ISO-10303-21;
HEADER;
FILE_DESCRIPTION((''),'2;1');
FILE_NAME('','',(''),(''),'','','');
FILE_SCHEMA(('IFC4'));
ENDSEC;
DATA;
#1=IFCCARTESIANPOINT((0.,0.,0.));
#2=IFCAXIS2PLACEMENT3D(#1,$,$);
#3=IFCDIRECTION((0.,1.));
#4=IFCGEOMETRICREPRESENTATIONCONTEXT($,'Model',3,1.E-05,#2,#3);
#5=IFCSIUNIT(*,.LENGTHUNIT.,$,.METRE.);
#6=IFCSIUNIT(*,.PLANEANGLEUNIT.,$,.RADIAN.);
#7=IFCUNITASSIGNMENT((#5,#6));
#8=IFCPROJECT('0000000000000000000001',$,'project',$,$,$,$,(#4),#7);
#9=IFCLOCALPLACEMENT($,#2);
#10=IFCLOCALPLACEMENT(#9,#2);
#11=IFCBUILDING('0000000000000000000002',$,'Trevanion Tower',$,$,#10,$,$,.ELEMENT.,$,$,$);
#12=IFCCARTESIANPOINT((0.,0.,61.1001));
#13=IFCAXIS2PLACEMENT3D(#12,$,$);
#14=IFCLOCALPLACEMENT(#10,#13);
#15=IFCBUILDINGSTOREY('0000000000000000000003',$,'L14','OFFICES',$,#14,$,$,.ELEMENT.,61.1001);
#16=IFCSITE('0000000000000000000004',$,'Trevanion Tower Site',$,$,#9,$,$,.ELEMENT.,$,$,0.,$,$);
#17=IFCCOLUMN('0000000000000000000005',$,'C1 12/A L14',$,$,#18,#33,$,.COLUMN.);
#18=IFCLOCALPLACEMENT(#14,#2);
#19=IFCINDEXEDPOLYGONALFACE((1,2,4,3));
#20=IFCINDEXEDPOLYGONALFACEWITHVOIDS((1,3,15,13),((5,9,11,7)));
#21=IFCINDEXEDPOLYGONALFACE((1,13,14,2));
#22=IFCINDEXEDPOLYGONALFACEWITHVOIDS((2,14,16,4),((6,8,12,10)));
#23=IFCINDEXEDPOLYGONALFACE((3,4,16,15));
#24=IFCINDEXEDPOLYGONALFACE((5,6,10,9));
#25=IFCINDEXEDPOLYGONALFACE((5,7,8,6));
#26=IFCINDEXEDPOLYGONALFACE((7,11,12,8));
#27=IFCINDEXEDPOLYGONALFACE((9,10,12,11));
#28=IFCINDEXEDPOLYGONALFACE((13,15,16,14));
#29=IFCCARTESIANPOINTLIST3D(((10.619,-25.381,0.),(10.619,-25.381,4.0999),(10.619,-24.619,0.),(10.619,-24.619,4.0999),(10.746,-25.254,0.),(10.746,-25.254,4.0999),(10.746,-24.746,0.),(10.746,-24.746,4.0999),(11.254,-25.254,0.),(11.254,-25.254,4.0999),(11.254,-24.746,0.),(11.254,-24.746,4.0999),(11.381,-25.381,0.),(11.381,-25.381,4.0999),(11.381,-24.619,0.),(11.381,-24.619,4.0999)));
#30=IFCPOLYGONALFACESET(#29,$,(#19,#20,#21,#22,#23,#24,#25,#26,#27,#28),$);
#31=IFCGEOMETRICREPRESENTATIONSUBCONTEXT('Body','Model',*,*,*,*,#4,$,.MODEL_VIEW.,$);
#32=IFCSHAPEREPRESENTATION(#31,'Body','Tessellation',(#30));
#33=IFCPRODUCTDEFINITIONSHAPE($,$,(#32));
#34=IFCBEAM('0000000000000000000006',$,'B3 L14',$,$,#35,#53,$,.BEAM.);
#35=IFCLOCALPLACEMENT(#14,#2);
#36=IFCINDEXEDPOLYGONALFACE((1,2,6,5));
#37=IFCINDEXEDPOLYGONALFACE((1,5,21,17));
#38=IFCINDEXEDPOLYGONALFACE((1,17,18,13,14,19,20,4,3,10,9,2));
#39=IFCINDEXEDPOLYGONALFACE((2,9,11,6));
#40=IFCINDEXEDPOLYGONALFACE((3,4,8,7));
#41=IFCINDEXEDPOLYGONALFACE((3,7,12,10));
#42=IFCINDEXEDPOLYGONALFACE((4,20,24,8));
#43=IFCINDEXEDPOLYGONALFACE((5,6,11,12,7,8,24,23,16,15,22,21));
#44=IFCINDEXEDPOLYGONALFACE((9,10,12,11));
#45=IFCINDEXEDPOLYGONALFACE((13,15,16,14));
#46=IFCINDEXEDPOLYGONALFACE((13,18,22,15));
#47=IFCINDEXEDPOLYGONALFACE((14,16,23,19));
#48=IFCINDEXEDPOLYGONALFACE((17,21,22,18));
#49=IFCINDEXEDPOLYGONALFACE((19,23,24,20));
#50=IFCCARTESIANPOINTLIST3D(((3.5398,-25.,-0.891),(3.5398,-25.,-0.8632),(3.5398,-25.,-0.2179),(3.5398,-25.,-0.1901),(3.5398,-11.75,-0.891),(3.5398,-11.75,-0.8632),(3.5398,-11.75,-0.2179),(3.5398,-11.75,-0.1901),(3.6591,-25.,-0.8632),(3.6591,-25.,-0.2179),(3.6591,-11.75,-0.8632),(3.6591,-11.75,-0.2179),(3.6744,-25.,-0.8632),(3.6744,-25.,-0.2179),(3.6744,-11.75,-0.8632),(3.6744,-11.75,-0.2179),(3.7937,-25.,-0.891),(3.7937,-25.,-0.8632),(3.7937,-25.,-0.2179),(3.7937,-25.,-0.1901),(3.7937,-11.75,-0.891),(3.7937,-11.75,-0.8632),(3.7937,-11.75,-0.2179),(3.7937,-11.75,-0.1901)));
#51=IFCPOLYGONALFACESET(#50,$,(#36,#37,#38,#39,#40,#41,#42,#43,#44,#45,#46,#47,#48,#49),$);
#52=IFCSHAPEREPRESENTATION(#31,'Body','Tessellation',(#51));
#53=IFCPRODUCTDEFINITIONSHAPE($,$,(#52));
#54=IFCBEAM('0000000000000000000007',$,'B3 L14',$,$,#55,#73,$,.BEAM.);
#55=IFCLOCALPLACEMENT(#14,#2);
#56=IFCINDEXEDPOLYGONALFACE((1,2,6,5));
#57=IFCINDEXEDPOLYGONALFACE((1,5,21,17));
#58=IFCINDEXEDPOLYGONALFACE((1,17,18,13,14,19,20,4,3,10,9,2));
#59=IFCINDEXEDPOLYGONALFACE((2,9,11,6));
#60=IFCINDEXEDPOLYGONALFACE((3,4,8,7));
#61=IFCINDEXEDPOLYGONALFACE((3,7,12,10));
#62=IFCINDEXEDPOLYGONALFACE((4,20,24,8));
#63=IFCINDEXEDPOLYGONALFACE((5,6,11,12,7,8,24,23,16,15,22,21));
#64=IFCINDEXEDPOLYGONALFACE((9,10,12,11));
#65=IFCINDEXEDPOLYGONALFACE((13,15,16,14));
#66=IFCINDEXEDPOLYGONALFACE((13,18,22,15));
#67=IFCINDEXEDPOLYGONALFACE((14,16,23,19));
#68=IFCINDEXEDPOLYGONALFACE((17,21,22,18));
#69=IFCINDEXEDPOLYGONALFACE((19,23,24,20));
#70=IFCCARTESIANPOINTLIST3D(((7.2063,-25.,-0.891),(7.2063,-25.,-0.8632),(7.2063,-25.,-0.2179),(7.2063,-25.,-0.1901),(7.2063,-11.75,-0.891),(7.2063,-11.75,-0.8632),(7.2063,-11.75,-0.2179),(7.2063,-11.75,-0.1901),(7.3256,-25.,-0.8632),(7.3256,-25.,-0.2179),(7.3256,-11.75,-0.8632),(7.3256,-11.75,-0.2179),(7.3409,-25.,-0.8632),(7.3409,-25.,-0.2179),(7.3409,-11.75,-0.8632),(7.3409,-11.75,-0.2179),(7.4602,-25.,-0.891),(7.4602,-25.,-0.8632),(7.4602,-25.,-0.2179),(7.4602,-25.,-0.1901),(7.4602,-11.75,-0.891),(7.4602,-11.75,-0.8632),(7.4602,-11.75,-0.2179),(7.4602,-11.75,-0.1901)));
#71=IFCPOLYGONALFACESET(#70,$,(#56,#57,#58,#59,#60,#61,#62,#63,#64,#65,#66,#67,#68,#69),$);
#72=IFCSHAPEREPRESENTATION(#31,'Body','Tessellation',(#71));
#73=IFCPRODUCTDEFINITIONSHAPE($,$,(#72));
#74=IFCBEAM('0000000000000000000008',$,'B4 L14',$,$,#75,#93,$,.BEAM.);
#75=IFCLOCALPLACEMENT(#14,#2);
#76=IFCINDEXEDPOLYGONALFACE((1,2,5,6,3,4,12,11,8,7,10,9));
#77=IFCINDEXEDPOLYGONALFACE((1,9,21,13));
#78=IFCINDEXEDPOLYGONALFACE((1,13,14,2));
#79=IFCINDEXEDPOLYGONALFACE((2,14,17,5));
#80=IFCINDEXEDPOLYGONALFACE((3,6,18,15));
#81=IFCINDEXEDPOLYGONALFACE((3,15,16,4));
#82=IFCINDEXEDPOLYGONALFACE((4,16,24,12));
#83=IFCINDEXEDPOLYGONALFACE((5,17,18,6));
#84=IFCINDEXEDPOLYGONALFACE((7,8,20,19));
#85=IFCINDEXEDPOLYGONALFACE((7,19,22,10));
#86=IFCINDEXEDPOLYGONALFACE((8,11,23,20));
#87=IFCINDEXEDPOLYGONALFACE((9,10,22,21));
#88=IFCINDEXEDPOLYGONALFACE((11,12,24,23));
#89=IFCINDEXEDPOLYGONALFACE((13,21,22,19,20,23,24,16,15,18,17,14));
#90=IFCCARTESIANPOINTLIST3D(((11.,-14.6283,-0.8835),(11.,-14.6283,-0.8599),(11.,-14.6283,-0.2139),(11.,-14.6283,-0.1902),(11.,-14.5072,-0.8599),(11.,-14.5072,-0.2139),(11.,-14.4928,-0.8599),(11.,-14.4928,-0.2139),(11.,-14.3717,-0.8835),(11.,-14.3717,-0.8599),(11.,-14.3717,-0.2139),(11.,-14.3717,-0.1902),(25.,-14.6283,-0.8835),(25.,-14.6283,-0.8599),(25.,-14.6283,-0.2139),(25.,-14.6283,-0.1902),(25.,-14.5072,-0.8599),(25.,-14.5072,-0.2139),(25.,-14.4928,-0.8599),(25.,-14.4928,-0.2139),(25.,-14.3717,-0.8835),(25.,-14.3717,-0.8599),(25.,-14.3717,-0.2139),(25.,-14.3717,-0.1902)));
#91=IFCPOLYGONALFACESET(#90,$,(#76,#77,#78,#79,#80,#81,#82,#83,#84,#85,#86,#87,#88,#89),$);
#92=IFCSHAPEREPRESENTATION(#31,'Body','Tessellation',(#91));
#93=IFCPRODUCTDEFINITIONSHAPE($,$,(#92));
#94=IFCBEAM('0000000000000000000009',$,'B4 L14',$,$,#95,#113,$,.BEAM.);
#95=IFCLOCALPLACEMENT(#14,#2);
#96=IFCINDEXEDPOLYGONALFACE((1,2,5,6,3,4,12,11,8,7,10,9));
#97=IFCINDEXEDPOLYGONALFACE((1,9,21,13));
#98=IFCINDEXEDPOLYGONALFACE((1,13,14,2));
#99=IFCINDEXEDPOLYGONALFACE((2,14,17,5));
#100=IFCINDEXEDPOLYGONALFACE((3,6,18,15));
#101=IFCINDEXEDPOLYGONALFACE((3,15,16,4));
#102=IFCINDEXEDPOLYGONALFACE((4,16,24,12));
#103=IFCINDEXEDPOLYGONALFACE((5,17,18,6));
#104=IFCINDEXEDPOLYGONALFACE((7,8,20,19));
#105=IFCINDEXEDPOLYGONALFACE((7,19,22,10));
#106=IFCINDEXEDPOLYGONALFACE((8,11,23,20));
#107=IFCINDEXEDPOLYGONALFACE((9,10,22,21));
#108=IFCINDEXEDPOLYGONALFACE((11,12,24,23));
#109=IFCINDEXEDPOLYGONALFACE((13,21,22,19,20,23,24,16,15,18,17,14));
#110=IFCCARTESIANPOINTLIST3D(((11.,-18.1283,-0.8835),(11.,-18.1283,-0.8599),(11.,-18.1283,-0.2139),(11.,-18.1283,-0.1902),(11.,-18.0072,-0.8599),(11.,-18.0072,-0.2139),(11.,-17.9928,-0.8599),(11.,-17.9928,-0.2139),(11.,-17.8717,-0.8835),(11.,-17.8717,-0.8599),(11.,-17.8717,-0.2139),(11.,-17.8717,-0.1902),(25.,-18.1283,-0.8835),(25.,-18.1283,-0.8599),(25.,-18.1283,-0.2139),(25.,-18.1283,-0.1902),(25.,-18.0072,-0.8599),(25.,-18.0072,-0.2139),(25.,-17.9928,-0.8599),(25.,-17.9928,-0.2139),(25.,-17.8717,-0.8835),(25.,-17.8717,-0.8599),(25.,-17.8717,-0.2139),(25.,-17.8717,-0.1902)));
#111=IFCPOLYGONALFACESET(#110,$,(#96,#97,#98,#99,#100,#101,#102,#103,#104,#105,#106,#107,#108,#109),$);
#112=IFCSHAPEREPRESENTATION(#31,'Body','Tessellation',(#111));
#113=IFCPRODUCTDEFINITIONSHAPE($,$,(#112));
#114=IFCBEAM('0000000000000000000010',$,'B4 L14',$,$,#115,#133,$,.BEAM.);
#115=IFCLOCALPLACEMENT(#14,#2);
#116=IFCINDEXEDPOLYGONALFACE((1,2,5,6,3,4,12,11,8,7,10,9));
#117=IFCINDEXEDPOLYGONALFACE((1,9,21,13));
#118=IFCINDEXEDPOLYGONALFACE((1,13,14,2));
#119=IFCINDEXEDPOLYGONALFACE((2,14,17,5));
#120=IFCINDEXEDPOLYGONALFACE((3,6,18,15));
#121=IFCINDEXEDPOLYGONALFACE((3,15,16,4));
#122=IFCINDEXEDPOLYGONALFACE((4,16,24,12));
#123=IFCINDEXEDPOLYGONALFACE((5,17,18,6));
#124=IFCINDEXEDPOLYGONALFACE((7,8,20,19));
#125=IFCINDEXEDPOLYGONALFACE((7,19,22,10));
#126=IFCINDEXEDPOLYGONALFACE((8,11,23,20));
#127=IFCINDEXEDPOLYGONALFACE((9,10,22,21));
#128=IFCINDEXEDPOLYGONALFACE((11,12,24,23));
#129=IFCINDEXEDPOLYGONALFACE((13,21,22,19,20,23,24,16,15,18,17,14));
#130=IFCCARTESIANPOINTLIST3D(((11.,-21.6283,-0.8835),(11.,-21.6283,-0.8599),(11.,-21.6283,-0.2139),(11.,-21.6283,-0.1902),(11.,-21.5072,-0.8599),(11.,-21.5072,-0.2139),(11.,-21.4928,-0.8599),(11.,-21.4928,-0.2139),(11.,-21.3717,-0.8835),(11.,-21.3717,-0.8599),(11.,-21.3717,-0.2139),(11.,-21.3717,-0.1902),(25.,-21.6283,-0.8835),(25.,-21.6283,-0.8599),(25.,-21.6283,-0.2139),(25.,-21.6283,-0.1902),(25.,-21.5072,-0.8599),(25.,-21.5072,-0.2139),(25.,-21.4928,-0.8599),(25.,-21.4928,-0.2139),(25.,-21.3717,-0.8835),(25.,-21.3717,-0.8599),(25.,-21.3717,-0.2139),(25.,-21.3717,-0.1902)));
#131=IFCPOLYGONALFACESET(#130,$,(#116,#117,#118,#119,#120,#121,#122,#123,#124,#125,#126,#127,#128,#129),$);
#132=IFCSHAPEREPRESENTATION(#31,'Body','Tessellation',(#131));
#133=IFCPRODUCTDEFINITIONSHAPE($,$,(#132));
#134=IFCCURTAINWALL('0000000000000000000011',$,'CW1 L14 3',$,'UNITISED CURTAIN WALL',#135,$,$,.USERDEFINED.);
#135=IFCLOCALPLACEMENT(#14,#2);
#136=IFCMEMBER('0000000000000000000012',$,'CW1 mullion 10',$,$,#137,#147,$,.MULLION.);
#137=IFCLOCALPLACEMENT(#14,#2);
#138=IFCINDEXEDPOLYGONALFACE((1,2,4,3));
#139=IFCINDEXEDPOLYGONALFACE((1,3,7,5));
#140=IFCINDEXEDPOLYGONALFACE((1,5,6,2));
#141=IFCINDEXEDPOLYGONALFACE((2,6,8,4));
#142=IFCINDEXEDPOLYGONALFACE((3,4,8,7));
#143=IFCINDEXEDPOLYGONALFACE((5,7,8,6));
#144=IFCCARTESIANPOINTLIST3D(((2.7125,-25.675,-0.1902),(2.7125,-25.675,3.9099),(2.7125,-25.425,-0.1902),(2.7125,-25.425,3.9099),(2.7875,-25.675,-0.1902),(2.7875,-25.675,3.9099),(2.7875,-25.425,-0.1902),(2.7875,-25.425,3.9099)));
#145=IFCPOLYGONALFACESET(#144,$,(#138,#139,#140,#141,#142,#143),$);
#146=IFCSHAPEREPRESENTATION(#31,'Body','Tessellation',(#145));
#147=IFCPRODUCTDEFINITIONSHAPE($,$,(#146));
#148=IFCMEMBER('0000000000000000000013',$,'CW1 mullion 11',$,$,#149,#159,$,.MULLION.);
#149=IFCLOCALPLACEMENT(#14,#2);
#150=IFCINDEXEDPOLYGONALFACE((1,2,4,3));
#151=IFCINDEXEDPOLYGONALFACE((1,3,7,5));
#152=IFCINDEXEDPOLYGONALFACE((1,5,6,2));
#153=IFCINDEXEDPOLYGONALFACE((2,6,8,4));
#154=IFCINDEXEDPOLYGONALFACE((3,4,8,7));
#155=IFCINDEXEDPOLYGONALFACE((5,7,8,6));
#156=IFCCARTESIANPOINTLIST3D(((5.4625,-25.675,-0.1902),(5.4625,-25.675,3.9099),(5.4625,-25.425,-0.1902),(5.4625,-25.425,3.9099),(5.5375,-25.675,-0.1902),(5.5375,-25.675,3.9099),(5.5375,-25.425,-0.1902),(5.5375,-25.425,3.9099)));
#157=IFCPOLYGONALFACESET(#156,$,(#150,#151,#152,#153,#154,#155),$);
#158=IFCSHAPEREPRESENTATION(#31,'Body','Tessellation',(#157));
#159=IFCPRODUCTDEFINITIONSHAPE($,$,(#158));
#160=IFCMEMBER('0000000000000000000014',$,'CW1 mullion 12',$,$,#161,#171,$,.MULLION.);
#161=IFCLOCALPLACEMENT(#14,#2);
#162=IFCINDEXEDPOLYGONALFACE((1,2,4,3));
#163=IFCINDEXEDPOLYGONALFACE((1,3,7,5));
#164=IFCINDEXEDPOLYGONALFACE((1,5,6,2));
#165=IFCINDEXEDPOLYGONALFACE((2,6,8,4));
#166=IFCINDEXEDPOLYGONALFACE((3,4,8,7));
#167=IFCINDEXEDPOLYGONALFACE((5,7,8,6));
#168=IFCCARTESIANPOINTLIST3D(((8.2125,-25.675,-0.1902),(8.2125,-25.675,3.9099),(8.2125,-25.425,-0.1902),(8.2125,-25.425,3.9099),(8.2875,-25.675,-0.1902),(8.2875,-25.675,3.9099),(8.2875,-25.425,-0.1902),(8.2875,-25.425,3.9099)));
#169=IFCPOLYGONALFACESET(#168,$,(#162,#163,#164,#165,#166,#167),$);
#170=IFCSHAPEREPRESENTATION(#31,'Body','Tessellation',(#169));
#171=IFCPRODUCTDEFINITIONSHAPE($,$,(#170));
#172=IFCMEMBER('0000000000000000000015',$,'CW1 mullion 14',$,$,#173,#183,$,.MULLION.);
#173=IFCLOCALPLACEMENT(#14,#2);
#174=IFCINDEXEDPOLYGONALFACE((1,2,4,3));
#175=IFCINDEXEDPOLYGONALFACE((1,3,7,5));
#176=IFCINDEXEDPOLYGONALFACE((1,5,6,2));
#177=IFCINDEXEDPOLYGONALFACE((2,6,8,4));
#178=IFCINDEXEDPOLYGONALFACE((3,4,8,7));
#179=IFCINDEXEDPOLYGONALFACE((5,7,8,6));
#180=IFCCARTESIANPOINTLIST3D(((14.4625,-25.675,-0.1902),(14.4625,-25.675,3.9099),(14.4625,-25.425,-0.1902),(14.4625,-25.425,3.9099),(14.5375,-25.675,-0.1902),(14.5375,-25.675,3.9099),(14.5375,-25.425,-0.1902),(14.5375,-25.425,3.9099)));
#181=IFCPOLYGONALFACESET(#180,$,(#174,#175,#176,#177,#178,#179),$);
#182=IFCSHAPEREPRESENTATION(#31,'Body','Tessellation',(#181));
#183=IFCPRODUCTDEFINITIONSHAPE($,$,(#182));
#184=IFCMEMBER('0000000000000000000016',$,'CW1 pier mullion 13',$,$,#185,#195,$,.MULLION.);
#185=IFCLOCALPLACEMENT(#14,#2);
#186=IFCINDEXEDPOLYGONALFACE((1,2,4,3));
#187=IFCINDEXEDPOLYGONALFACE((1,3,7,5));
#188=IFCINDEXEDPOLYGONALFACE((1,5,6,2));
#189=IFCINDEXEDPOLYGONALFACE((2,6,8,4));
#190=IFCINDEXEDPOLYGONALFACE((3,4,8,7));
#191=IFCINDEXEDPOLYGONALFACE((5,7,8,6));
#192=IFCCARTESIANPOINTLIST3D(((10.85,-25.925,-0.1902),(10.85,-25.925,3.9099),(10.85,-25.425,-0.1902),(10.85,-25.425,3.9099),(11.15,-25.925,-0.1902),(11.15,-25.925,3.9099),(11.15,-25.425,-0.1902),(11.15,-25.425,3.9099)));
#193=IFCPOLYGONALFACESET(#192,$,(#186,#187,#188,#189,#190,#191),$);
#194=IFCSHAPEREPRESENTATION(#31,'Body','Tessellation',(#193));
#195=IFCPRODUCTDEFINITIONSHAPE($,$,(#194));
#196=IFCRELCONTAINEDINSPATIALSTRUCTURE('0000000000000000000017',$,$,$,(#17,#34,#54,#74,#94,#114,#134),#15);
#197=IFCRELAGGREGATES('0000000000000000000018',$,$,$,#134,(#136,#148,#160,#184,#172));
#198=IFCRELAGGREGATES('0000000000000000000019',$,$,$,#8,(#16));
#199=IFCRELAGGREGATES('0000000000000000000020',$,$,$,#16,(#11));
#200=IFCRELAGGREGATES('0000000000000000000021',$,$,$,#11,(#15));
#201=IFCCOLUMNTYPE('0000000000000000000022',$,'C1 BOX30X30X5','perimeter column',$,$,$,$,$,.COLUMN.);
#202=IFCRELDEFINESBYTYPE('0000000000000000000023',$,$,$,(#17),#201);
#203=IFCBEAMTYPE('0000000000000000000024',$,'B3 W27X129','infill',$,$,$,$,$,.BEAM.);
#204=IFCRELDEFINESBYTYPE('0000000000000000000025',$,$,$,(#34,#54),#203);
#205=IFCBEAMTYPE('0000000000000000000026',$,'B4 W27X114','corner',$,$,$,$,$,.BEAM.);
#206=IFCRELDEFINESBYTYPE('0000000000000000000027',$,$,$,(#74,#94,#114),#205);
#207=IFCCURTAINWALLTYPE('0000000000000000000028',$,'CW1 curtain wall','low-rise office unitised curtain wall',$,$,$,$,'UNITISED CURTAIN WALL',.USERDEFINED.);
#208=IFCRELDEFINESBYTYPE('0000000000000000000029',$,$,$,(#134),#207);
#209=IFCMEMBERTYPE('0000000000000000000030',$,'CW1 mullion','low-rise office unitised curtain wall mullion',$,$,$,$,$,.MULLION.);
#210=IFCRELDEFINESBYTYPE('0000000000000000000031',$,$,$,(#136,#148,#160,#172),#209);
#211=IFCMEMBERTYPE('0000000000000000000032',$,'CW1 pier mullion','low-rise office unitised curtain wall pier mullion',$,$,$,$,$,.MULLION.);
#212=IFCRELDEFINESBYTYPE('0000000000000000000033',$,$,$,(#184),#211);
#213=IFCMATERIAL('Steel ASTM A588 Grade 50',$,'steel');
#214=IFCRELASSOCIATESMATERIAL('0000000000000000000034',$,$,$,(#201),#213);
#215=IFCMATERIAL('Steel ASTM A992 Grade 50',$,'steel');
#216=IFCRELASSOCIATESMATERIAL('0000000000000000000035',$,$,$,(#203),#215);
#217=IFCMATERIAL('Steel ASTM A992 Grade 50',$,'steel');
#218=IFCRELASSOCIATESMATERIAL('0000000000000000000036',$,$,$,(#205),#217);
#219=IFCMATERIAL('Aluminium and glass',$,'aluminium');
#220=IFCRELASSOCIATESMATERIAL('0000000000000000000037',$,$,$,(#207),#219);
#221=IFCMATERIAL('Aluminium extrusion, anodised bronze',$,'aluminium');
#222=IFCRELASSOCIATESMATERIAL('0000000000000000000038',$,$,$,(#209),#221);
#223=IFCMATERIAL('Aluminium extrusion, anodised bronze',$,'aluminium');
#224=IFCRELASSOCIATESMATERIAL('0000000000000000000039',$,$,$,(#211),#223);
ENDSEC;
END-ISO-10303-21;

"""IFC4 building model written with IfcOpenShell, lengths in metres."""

from ifc_helpers import new_model, si_unit, direction, frame, origin, origin_2d, place, context, subcontext, project, spatial, rectangle, hollow_rectangle, i_section, extrude, material, material_profile, profile_set, type_object, element, aggregate, save


model = new_model("IFC4")

# Units and contexts
model_context = context("Model", 3, precision=1e-05, world=origin(), true_north=direction((0.0, 1.0)))
body_context = subcontext(model_context, "Body", "Model", "MODEL_VIEW")
ifc_project = project(units=[si_unit("LENGTHUNIT", "METRE"), si_unit("PLANEANGLEUNIT", "RADIAN")], contexts=[model_context])

# Site, building, storey
site_placement = place(None, origin())
site = spatial("IfcSite", under=ifc_project, at=site_placement, Name="Trevanion Tower Site", CompositionType="ELEMENT", RefElevation=0.0)
building_placement = place(site_placement, origin())
building = spatial("IfcBuilding", under=site, at=building_placement, Name="Trevanion Tower", CompositionType="ELEMENT")
storey_placement = place(building_placement, frame((0.0, 0.0, 61.1001)))
storey = spatial("IfcBuildingStorey", under=building, at=storey_placement, Name="L14", Description="OFFICES", CompositionType="ELEMENT", Elevation=61.1001)

# Column
ifc_material_1 = material(Name="Steel ASTM A588 Grade 50", Category="steel")
ifc_material_profile_1 = material_profile(ifc_material_1, hollow_rectangle(XDim=0.762, YDim=0.762, WallThickness=0.127, at=origin_2d()), Name="BOX30X30X5")
ifc_profile_set_1 = profile_set([ifc_material_profile_1], Name="Steel ASTM A588 Grade 50")
column_type = type_object("IfcColumnType", Name="C1 BOX30X30X5", Description="perimeter column", PredefinedType="COLUMN", material=ifc_profile_set_1)
column_placement = place(storey_placement, frame((11.0, -25.0, 0.0), z_axis=(0.0, 0.0, 1.0), x_axis=(1.0, 0.0, 0.0)))
element("IfcColumn", 1, at=column_placement, inside=storey, type_object=column_type, Name="C1 12/A L14", PredefinedType="COLUMN", context=body_context, shape_type="SweptSolid", body=[
    extrude(hollow_rectangle(XDim=0.762, YDim=0.762, WallThickness=0.127, at=origin_2d()), origin(), (0.0, 0.0, 1.0), 4.0999),
])

# Beams
ifc_material_2 = material(Name="Steel ASTM A992 Grade 50", Category="steel")
ifc_material_profile_2 = material_profile(ifc_material_2, i_section(OverallWidth=0.2539, OverallDepth=0.7009, WebThickness=0.0154, FlangeThickness=0.0278, at=origin_2d()), Name="W27X129")
ifc_profile_set_2 = profile_set([ifc_material_profile_2], Name="Steel ASTM A992 Grade 50")
beam_type_1 = type_object("IfcBeamType", Name="B3 W27X129", Description="infill", PredefinedType="BEAM", material=ifc_profile_set_2)
for number, where, z_axis, x_axis, name in (
    (2, (3.6667, -11.75, -0.5405), (0.0, -1.0, 0.0), (1.0, 0.0, 0.0), "B3 L14"),
    (3, (7.3333, -11.75, -0.5405), (0.0, -1.0, 0.0), (1.0, 0.0, 0.0), "B3 L14"),
):
    element("IfcBeam", number, at=place(storey_placement, frame(where, z_axis=z_axis, x_axis=x_axis)), inside=storey, type_object=beam_type_1, Name=name, PredefinedType="BEAM", context=body_context, shape_type="SweptSolid", body=[
        extrude(i_section(OverallWidth=0.2539, OverallDepth=0.7009, WebThickness=0.0154, FlangeThickness=0.0278, at=origin_2d()), origin(), (0.0, 0.0, 1.0), 13.25),
    ])
ifc_material_3 = material(Name="Steel ASTM A992 Grade 50", Category="steel")
ifc_material_profile_3 = material_profile(ifc_material_3, i_section(OverallWidth=0.2566, OverallDepth=0.6934, WebThickness=0.0144, FlangeThickness=0.0237, at=origin_2d()), Name="W27X114")
ifc_profile_set_3 = profile_set([ifc_material_profile_3], Name="Steel ASTM A992 Grade 50")
beam_type_2 = type_object("IfcBeamType", Name="B4 W27X114", Description="corner", PredefinedType="BEAM", material=ifc_profile_set_3)
for number, where, z_axis, x_axis, name in (
    (4, (11.0, -14.5, -0.5369), (1.0, 0.0, 0.0), (0.0, 1.0, 0.0), "B4 L14"),
    (5, (11.0, -18.0, -0.5369), (1.0, 0.0, 0.0), (0.0, 1.0, 0.0), "B4 L14"),
    (6, (11.0, -21.5, -0.5369), (1.0, 0.0, 0.0), (0.0, 1.0, 0.0), "B4 L14"),
):
    element("IfcBeam", number, at=place(storey_placement, frame(where, z_axis=z_axis, x_axis=x_axis)), inside=storey, type_object=beam_type_2, Name=name, PredefinedType="BEAM", context=body_context, shape_type="SweptSolid", body=[
        extrude(i_section(OverallWidth=0.2566, OverallDepth=0.6934, WebThickness=0.0144, FlangeThickness=0.0237, at=origin_2d()), origin(), (0.0, 0.0, 1.0), 14.0),
    ])

# Curtain wall, members
ifc_material_4 = material(Name="Aluminium and glass", Category="aluminium")
curtain_wall_type = type_object("IfcCurtainWallType", Name="CW1 curtain wall", Description="low-rise office unitised curtain wall", ElementType="UNITISED CURTAIN WALL", PredefinedType="USERDEFINED", material=ifc_material_4)
curtain_wall_placement = place(storey_placement, origin())
curtain_wall = element("IfcCurtainWall", 7, at=curtain_wall_placement, inside=storey, type_object=curtain_wall_type, Name="CW1 L14 3", ObjectType="UNITISED CURTAIN WALL", PredefinedType="USERDEFINED")
ifc_material_5 = material(Name="Aluminium extrusion, anodised bronze", Category="aluminium")
ifc_material_profile_4 = material_profile(ifc_material_5, rectangle(XDim=0.075, YDim=0.25, at=origin_2d()), Name="CW1 mullion")
ifc_profile_set_4 = profile_set([ifc_material_profile_4], Name="Aluminium extrusion, anodised bronze")
member_type_1 = type_object("IfcMemberType", Name="CW1 mullion", Description="low-rise office unitised curtain wall mullion", PredefinedType="MULLION", material=ifc_profile_set_4)
member_1_placement = place(storey_placement, frame((2.75, -25.55, -0.1902), z_axis=(0.0, 0.0, 1.0), x_axis=(1.0, 0.0, 0.0)))
member_1 = element("IfcMember", 8, at=member_1_placement, type_object=member_type_1, Name="CW1 mullion 10", PredefinedType="MULLION", context=body_context, shape_type="SweptSolid", body=[
    extrude(rectangle(XDim=0.075, YDim=0.25, at=origin_2d()), origin(), (0.0, 0.0, 1.0), 4.1001),
])
member_2_placement = place(storey_placement, frame((5.5, -25.55, -0.1902), z_axis=(0.0, 0.0, 1.0), x_axis=(1.0, 0.0, 0.0)))
member_2 = element("IfcMember", 9, at=member_2_placement, type_object=member_type_1, Name="CW1 mullion 11", PredefinedType="MULLION", context=body_context, shape_type="SweptSolid", body=[
    extrude(rectangle(XDim=0.075, YDim=0.25, at=origin_2d()), origin(), (0.0, 0.0, 1.0), 4.1001),
])
member_3_placement = place(storey_placement, frame((8.25, -25.55, -0.1902), z_axis=(0.0, 0.0, 1.0), x_axis=(1.0, 0.0, 0.0)))
member_3 = element("IfcMember", 10, at=member_3_placement, type_object=member_type_1, Name="CW1 mullion 12", PredefinedType="MULLION", context=body_context, shape_type="SweptSolid", body=[
    extrude(rectangle(XDim=0.075, YDim=0.25, at=origin_2d()), origin(), (0.0, 0.0, 1.0), 4.1001),
])
member_4_placement = place(storey_placement, frame((14.5, -25.55, -0.1902), z_axis=(0.0, 0.0, 1.0), x_axis=(1.0, 0.0, 0.0)))
member_4 = element("IfcMember", 11, at=member_4_placement, type_object=member_type_1, Name="CW1 mullion 14", PredefinedType="MULLION", context=body_context, shape_type="SweptSolid", body=[
    extrude(rectangle(XDim=0.075, YDim=0.25, at=origin_2d()), origin(), (0.0, 0.0, 1.0), 4.1001),
])
ifc_material_6 = material(Name="Aluminium extrusion, anodised bronze", Category="aluminium")
ifc_material_profile_5 = material_profile(ifc_material_6, rectangle(XDim=0.3, YDim=0.5, at=origin_2d()), Name="CW1 pier mullion")
ifc_profile_set_5 = profile_set([ifc_material_profile_5], Name="Aluminium extrusion, anodised bronze")
member_type_2 = type_object("IfcMemberType", Name="CW1 pier mullion", Description="low-rise office unitised curtain wall pier mullion", PredefinedType="MULLION", material=ifc_profile_set_5)
member_5_placement = place(storey_placement, frame((11.0, -25.675, -0.1902), z_axis=(0.0, 0.0, 1.0), x_axis=(1.0, 0.0, 0.0)))
member_5 = element("IfcMember", 12, at=member_5_placement, type_object=member_type_2, Name="CW1 pier mullion 13", PredefinedType="MULLION", context=body_context, shape_type="SweptSolid", body=[
    extrude(rectangle(XDim=0.3, YDim=0.5, at=origin_2d()), origin(), (0.0, 0.0, 1.0), 4.1001),
])

aggregate(curtain_wall, [member_1, member_2, member_3, member_5, member_4])

save(model, "model.ifc")
